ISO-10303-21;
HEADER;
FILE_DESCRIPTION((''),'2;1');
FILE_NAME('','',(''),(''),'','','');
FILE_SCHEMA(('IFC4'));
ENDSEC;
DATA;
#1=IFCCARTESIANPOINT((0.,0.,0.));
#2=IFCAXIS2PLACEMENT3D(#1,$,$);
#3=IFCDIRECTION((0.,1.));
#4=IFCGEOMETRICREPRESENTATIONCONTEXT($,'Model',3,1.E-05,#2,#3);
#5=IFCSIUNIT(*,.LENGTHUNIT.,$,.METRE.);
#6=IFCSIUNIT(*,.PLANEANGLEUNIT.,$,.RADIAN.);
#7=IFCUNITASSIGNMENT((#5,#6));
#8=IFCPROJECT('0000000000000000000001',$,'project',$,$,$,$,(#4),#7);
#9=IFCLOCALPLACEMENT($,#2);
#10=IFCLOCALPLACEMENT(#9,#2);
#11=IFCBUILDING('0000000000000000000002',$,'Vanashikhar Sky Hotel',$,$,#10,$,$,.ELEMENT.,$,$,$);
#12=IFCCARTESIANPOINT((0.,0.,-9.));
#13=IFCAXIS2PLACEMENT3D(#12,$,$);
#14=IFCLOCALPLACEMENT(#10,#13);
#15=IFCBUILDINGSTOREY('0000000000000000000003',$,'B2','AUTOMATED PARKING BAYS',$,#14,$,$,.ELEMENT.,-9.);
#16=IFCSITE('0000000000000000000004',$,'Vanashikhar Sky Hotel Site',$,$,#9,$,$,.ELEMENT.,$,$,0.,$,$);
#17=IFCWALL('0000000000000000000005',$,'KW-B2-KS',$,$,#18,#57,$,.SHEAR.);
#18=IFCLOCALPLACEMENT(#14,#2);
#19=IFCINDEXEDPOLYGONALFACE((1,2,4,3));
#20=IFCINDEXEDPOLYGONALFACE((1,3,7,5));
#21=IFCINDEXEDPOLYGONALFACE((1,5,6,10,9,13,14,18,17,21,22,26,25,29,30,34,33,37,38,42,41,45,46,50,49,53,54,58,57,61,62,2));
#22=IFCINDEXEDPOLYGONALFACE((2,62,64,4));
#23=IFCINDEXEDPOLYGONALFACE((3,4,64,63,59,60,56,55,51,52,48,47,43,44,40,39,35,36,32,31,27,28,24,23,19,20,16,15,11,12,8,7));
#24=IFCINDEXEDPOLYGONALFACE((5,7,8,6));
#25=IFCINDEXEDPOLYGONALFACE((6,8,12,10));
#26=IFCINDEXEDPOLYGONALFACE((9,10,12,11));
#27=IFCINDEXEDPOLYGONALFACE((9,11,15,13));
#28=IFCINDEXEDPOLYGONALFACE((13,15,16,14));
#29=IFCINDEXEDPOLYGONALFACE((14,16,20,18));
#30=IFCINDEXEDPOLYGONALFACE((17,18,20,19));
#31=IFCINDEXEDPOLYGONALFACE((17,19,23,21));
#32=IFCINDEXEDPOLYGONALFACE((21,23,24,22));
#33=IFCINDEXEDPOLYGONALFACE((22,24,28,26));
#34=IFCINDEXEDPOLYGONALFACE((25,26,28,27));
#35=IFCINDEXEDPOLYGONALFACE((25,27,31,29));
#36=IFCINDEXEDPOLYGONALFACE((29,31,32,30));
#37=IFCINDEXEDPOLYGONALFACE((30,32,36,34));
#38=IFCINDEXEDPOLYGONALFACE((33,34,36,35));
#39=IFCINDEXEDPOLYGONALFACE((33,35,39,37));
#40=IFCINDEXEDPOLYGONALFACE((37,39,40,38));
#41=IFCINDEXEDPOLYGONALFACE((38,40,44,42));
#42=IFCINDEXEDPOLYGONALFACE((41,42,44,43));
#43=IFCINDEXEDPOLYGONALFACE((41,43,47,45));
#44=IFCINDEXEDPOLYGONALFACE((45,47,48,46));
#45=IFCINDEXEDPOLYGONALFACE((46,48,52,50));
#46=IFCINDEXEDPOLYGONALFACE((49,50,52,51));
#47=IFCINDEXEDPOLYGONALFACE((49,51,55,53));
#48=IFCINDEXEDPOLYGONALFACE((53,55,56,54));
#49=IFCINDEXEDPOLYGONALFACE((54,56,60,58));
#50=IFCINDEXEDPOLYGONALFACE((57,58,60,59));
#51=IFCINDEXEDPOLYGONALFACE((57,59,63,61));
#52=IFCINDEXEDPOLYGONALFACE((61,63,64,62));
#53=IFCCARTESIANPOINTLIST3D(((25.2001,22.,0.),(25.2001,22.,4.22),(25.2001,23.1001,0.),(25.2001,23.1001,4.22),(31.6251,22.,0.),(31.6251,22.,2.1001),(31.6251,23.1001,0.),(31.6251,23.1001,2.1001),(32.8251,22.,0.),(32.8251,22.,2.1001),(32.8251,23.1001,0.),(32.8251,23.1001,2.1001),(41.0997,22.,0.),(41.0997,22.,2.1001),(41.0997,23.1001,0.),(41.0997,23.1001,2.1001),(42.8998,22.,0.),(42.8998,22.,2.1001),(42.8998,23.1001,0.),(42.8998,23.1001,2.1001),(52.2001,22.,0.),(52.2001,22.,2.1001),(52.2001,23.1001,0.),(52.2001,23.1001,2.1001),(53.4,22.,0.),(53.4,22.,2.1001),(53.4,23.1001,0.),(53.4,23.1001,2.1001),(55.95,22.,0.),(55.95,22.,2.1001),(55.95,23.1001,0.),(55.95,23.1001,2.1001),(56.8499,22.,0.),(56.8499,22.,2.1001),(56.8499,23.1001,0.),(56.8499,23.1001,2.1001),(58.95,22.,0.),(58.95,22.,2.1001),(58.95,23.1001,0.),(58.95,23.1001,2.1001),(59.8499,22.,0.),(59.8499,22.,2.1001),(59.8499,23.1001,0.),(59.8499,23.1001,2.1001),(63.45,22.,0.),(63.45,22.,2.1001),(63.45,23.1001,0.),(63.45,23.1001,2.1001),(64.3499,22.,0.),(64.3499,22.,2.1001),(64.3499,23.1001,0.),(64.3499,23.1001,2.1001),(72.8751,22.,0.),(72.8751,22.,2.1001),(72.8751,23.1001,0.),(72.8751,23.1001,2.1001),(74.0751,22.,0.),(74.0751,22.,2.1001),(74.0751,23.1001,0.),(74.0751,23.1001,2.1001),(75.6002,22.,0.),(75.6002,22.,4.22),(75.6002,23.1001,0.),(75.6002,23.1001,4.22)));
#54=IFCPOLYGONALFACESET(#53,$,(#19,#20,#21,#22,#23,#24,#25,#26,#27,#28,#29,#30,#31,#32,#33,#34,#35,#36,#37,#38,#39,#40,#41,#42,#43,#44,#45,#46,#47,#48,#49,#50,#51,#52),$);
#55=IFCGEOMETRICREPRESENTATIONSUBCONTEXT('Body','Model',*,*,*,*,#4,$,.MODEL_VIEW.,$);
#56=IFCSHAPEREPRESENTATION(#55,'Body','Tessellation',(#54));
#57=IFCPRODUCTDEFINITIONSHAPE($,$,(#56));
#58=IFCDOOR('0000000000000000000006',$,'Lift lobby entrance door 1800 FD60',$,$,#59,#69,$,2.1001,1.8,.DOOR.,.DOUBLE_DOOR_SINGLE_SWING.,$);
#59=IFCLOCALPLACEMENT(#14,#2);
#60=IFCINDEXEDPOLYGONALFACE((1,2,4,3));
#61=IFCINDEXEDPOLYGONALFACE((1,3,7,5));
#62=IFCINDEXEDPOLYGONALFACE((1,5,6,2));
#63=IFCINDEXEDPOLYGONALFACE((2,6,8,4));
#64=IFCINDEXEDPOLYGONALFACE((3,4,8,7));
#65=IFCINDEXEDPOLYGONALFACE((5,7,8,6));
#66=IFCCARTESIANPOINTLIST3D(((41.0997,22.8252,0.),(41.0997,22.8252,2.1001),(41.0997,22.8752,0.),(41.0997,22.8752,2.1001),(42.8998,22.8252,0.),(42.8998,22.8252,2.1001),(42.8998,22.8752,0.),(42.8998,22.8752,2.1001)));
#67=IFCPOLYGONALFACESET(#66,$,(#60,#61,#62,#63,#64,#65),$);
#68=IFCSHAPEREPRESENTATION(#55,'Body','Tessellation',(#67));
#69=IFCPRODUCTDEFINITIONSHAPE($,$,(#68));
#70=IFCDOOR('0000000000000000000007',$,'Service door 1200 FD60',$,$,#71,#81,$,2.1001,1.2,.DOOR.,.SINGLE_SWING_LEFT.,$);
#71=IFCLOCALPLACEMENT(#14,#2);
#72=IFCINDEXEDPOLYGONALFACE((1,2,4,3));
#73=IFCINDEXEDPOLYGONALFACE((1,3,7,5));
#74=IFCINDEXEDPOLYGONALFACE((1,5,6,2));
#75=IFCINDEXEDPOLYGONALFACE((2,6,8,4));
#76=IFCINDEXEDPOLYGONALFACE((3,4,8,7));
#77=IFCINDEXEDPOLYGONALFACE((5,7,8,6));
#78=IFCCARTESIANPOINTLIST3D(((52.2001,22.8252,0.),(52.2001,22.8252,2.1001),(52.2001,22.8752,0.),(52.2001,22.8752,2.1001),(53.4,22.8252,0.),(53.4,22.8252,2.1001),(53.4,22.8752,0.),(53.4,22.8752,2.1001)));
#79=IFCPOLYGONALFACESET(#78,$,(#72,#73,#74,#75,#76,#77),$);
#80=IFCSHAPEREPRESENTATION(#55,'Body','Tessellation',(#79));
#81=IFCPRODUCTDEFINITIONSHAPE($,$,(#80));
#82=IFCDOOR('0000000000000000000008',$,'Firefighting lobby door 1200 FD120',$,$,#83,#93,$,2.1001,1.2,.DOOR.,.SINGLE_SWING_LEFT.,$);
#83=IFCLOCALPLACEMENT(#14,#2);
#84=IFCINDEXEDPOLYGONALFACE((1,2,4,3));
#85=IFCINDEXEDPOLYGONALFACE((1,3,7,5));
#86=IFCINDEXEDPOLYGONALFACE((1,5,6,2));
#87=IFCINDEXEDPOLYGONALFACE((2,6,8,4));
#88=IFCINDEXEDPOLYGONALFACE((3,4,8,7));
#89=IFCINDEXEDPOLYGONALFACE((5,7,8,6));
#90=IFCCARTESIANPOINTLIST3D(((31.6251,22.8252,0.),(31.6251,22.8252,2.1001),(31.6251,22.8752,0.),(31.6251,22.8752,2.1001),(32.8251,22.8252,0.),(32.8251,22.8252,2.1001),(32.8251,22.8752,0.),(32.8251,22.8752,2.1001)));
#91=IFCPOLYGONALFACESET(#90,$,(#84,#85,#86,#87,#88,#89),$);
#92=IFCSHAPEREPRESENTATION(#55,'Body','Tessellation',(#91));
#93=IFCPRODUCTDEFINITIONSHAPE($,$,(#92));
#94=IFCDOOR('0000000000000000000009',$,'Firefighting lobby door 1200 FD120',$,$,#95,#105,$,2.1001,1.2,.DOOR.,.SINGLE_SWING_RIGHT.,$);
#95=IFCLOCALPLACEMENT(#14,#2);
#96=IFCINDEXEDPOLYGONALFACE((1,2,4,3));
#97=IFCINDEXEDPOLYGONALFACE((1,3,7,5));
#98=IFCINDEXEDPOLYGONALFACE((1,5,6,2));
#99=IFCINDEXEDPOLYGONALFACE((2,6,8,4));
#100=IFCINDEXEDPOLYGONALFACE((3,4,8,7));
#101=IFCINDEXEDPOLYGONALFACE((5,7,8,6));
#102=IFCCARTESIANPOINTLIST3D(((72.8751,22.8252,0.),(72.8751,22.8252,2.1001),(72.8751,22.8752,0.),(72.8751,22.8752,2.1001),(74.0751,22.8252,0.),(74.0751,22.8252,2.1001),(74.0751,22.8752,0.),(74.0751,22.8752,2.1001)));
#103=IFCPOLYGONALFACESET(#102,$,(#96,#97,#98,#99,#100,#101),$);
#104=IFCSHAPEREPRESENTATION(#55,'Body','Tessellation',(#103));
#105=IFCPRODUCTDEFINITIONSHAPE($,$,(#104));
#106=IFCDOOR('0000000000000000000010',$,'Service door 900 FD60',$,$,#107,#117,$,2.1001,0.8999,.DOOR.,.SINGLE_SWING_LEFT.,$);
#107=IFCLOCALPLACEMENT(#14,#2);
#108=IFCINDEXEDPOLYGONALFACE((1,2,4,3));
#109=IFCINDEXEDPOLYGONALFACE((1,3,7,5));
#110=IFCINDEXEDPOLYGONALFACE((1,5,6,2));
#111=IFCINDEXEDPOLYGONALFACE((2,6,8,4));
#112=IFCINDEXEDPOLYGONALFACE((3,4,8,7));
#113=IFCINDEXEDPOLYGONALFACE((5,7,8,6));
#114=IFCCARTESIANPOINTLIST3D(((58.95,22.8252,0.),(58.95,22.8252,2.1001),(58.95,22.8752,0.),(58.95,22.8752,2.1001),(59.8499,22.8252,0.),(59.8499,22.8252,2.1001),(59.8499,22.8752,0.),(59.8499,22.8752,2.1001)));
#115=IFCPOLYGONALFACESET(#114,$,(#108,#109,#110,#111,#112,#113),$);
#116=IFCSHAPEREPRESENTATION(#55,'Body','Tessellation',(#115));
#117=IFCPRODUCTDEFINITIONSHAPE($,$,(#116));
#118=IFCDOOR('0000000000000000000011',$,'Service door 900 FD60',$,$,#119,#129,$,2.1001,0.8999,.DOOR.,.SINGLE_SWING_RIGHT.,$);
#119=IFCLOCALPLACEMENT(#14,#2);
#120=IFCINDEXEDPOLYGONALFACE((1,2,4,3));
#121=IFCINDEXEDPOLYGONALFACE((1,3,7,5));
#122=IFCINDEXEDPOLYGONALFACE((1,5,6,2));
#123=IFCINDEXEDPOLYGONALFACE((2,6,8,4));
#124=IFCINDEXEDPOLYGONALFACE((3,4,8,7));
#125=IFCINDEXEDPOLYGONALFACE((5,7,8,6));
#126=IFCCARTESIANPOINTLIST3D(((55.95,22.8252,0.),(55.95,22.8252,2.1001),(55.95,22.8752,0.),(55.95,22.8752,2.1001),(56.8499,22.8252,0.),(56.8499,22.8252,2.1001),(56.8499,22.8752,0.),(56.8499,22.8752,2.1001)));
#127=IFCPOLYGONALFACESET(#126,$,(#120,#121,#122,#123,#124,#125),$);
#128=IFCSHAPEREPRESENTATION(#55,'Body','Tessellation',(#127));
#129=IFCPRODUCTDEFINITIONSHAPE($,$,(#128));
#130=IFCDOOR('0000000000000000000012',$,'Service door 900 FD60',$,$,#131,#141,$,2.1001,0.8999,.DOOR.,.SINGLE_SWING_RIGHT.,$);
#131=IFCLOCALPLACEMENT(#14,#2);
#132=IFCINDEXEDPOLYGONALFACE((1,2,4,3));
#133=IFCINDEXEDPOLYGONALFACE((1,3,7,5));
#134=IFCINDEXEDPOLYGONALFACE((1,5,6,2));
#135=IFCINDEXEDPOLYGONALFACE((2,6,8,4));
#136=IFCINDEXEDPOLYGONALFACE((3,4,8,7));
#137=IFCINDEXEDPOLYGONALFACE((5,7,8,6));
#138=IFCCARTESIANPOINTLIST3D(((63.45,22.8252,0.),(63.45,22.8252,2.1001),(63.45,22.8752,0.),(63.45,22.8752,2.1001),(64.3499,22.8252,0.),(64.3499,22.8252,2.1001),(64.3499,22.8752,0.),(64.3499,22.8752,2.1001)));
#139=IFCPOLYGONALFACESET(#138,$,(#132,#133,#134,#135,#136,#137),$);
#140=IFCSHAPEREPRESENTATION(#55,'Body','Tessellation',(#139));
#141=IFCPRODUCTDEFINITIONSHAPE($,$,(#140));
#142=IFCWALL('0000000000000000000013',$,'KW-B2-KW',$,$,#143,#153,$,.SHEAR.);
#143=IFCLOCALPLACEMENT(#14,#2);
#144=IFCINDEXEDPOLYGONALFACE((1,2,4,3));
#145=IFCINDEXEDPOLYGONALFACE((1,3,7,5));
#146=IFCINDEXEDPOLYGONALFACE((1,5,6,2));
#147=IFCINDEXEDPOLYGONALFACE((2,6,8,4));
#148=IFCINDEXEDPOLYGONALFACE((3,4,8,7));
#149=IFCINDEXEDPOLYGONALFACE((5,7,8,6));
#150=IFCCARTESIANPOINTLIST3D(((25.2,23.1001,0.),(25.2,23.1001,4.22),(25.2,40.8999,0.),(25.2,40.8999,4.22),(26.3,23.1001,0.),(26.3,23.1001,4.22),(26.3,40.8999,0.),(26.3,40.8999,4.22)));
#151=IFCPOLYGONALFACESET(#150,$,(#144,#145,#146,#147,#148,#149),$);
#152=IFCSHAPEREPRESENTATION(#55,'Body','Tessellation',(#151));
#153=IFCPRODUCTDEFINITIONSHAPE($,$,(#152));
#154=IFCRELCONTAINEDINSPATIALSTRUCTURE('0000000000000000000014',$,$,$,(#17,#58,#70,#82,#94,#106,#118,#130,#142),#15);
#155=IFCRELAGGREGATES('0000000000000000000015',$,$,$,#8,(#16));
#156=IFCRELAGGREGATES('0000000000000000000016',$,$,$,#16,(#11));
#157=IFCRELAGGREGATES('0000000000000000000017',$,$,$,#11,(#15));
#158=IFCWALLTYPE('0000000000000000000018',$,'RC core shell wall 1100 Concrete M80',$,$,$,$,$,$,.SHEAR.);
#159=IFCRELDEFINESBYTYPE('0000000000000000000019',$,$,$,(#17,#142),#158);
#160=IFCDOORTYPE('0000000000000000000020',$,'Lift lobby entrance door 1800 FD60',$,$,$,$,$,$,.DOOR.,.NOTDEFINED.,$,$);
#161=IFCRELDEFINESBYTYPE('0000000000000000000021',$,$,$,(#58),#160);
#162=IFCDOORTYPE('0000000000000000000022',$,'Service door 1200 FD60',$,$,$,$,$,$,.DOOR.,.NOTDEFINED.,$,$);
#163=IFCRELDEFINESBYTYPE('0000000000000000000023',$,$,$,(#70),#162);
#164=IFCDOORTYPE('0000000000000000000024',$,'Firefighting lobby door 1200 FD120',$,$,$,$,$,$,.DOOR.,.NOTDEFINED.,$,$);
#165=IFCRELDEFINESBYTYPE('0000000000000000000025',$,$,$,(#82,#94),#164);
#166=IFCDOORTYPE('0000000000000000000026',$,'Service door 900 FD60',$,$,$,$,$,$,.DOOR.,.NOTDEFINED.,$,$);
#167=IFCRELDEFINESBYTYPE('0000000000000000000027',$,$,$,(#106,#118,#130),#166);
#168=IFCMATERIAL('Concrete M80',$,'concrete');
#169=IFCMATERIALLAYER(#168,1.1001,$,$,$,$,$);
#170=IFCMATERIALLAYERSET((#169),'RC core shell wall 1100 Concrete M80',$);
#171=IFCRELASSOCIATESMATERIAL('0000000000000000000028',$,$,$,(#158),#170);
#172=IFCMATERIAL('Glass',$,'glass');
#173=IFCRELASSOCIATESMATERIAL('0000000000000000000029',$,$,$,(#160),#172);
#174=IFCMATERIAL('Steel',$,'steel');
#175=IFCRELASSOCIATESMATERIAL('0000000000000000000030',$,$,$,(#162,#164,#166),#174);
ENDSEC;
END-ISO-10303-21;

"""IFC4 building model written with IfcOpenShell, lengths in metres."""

from ifc_helpers import new_model, si_unit, direction, frame, frame_2d, origin, place, context, subcontext, project, spatial, rectangle, extrude, source, transform, mapped, material, layer, layer_set, type_object, element, fill, save


model = new_model("IFC4")

# Units and contexts
model_context = context("Model", 3, precision=1e-05, world=origin(), true_north=direction((0.0, 1.0)))
body_context = subcontext(model_context, "Body", "Model", "MODEL_VIEW")
ifc_project = project(units=[si_unit("LENGTHUNIT", "METRE"), si_unit("PLANEANGLEUNIT", "RADIAN")], contexts=[model_context])

# Site, building, storey
site_placement = place(None, origin())
site = spatial("IfcSite", under=ifc_project, at=site_placement, Name="Vanashikhar Sky Hotel Site", CompositionType="ELEMENT", RefElevation=0.0)
building_placement = place(site_placement, origin())
building = spatial("IfcBuilding", under=site, at=building_placement, Name="Vanashikhar Sky Hotel", CompositionType="ELEMENT")
storey_placement = place(building_placement, frame((0.0, 0.0, -9.0)))
storey = spatial("IfcBuildingStorey", under=building, at=storey_placement, Name="B2", Description="AUTOMATED PARKING BAYS", CompositionType="ELEMENT", Elevation=-9.0)

# Wall, openings, doors
ifc_material_1 = material(Name="Concrete M80", Category="concrete")
ifc_layer_1 = layer(ifc_material_1, 1.1001)
ifc_layer_set_1 = layer_set([ifc_layer_1], Name="RC core shell wall 1100 Concrete M80")
wall_type_1 = type_object("IfcWallType", Name="RC core shell wall 1100 Concrete M80", PredefinedType="SHEAR", material=ifc_layer_set_1)
shared_shape_1 = source(origin(), body_context, "Body", "SweptSolid", [
    extrude(rectangle(XDim=50.4001, YDim=1.1001, at=frame_2d((25.2002, 0.0))), origin(), (0.0, 0.0, 1.0), 4.22),
])
wall_1_placement = place(storey_placement, frame((25.2, 22.55, 0.0), z_axis=(0.0, 0.0, 1.0), x_axis=(1.0, 0.0, 0.0)))
wall_1 = element("IfcWall", 1, at=wall_1_placement, inside=storey, type_object=wall_type_1, Name="KW-B2-KS", PredefinedType="SHEAR", context=body_context, shape_type="MappedRepresentation", body=[
    mapped(shared_shape_1, transform((0.0, 0.0, 0.0), scale=1.0)),
])
shared_shape_2 = source(origin(), body_context, "Body", "SweptSolid", [
    extrude(rectangle(XDim=1.8, YDim=2.1001, at=frame_2d((0.8999, 1.05))), frame((0.0, 0.5601, 0.0), z_axis=(0.0, -1.0, 0.0), x_axis=(1.0, 0.0, 0.0)), (0.0, 0.0, 1.0), 1.1201),
])
opening_1_placement = place(wall_1_placement, frame((15.8999, 0.0, 0.0)))
opening_1 = element("IfcOpeningElement", 2, at=opening_1_placement, cuts=wall_1, PredefinedType="OPENING", context=body_context, shape_type="MappedRepresentation", body=[
    mapped(shared_shape_2, transform((0.0, 0.0, 0.0), scale=1.0)),
])
shared_shape_3 = source(origin(), body_context, "Body", "SweptSolid", [
    extrude(rectangle(XDim=1.2, YDim=2.1001, at=frame_2d((0.6001, 1.05))), frame((0.0, 0.5601, 0.0), z_axis=(0.0, -1.0, 0.0), x_axis=(1.0, 0.0, 0.0)), (0.0, 0.0, 1.0), 1.1201),
])
opening_2_placement = place(wall_1_placement, frame((27.0, 0.0, 0.0)))
opening_2 = element("IfcOpeningElement", 3, at=opening_2_placement, cuts=wall_1, PredefinedType="OPENING", context=body_context, shape_type="MappedRepresentation", body=[
    mapped(shared_shape_3, transform((0.0, 0.0, 0.0), scale=1.0)),
])
shared_shape_4 = source(origin(), body_context, "Body", "SweptSolid", [
    extrude(rectangle(XDim=0.8999, YDim=2.1001, at=frame_2d((0.45, 1.05))), frame((0.0, 0.5601, 0.0), z_axis=(0.0, -1.0, 0.0), x_axis=(1.0, 0.0, 0.0)), (0.0, 0.0, 1.0), 1.1201),
])
opening_3_placement = place(wall_1_placement, frame((33.75, 0.0, 0.0)))
opening_3 = element("IfcOpeningElement", 4, at=opening_3_placement, cuts=wall_1, PredefinedType="OPENING", context=body_context, shape_type="MappedRepresentation", body=[
    mapped(shared_shape_4, transform((0.0, 0.0, 0.0), scale=1.0)),
])
opening_4_placement = place(wall_1_placement, frame((30.75, 0.0, 0.0)))
opening_4 = element("IfcOpeningElement", 5, at=opening_4_placement, cuts=wall_1, PredefinedType="OPENING", context=body_context, shape_type="MappedRepresentation", body=[
    mapped(shared_shape_4, transform((0.0, 0.0, 0.0), scale=1.0)),
])
opening_5_placement = place(wall_1_placement, frame((38.25, 0.0, 0.0)))
opening_5 = element("IfcOpeningElement", 6, at=opening_5_placement, cuts=wall_1, PredefinedType="OPENING", context=body_context, shape_type="MappedRepresentation", body=[
    mapped(shared_shape_4, transform((0.0, 0.0, 0.0), scale=1.0)),
])
opening_6_placement = place(wall_1_placement, frame((6.425, 0.0, 0.0)))
opening_6 = element("IfcOpeningElement", 7, at=opening_6_placement, cuts=wall_1, PredefinedType="OPENING", context=body_context, shape_type="MappedRepresentation", body=[
    mapped(shared_shape_3, transform((0.0, 0.0, 0.0), scale=1.0)),
])
opening_7_placement = place(wall_1_placement, frame((47.675, 0.0, 0.0)))
opening_7 = element("IfcOpeningElement", 8, at=opening_7_placement, cuts=wall_1, PredefinedType="OPENING", context=body_context, shape_type="MappedRepresentation", body=[
    mapped(shared_shape_3, transform((0.0, 0.0, 0.0), scale=1.0)),
])
ifc_material_2 = material(Name="Glass", Category="glass")
door_type_1 = type_object("IfcDoorType", Name="Lift lobby entrance door 1800 FD60", OperationType="NOTDEFINED", PredefinedType="DOOR", material=ifc_material_2)
shared_shape_5 = source(origin(), body_context, "Body", "SweptSolid", [
    extrude(rectangle(XDim=1.8, YDim=2.1001, at=frame_2d((0.8999, 1.05))), frame((0.0, 0.3252, 0.0), z_axis=(0.0, -1.0, 0.0), x_axis=(1.0, 0.0, 0.0)), (0.0, 0.0, 1.0), 0.05),
])
door_1_placement = place(opening_1_placement, origin())
door_1 = element("IfcDoor", 9, at=door_1_placement, inside=storey, type_object=door_type_1, Name="Lift lobby entrance door 1800 FD60", OperationType="DOUBLE_DOOR_SINGLE_SWING", OverallHeight=2.1001, OverallWidth=1.8, PredefinedType="DOOR", context=body_context, shape_type="MappedRepresentation", body=[
    mapped(shared_shape_5, transform((0.0, 0.0, 0.0), scale=1.0)),
])
fill(opening_1, door_1)
ifc_material_3 = material(Name="Steel", Category="steel")
door_type_2 = type_object("IfcDoorType", Name="Service door 1200 FD60", OperationType="NOTDEFINED", PredefinedType="DOOR", material=ifc_material_3)
shared_shape_6 = source(origin(), body_context, "Body", "SweptSolid", [
    extrude(rectangle(XDim=1.2, YDim=2.1001, at=frame_2d((0.6001, 1.05))), frame((0.0, 0.3252, 0.0), z_axis=(0.0, -1.0, 0.0), x_axis=(1.0, 0.0, 0.0)), (0.0, 0.0, 1.0), 0.05),
])
door_2_placement = place(opening_2_placement, origin())
door_2 = element("IfcDoor", 10, at=door_2_placement, inside=storey, type_object=door_type_2, Name="Service door 1200 FD60", OperationType="SINGLE_SWING_LEFT", OverallHeight=2.1001, OverallWidth=1.2, PredefinedType="DOOR", context=body_context, shape_type="MappedRepresentation", body=[
    mapped(shared_shape_6, transform((0.0, 0.0, 0.0), scale=1.0)),
])
fill(opening_2, door_2)
door_type_3 = type_object("IfcDoorType", Name="Firefighting lobby door 1200 FD120", OperationType="NOTDEFINED", PredefinedType="DOOR", material=ifc_material_3)
door_3_placement = place(opening_6_placement, origin())
door_3 = element("IfcDoor", 11, at=door_3_placement, inside=storey, type_object=door_type_3, Name="Firefighting lobby door 1200 FD120", OperationType="SINGLE_SWING_LEFT", OverallHeight=2.1001, OverallWidth=1.2, PredefinedType="DOOR", context=body_context, shape_type="MappedRepresentation", body=[
    mapped(shared_shape_6, transform((0.0, 0.0, 0.0), scale=1.0)),
])
fill(opening_6, door_3)
door_4_placement = place(opening_7_placement, origin())
door_4 = element("IfcDoor", 12, at=door_4_placement, inside=storey, type_object=door_type_3, Name="Firefighting lobby door 1200 FD120", OperationType="SINGLE_SWING_RIGHT", OverallHeight=2.1001, OverallWidth=1.2, PredefinedType="DOOR", context=body_context, shape_type="MappedRepresentation", body=[
    mapped(shared_shape_6, transform((0.0, 0.0, 0.0), scale=1.0)),
])
fill(opening_7, door_4)
door_type_4 = type_object("IfcDoorType", Name="Service door 900 FD60", OperationType="NOTDEFINED", PredefinedType="DOOR", material=ifc_material_3)
shared_shape_7 = source(origin(), body_context, "Body", "SweptSolid", [
    extrude(rectangle(XDim=0.8999, YDim=2.1001, at=frame_2d((0.45, 1.05))), frame((0.0, 0.3252, 0.0), z_axis=(0.0, -1.0, 0.0), x_axis=(1.0, 0.0, 0.0)), (0.0, 0.0, 1.0), 0.05),
])
door_5_placement = place(opening_3_placement, origin())
door_5 = element("IfcDoor", 13, at=door_5_placement, inside=storey, type_object=door_type_4, Name="Service door 900 FD60", OperationType="SINGLE_SWING_LEFT", OverallHeight=2.1001, OverallWidth=0.8999, PredefinedType="DOOR", context=body_context, shape_type="MappedRepresentation", body=[
    mapped(shared_shape_7, transform((0.0, 0.0, 0.0), scale=1.0)),
])
fill(opening_3, door_5)
door_6_placement = place(opening_4_placement, origin())
door_6 = element("IfcDoor", 14, at=door_6_placement, inside=storey, type_object=door_type_4, Name="Service door 900 FD60", OperationType="SINGLE_SWING_RIGHT", OverallHeight=2.1001, OverallWidth=0.8999, PredefinedType="DOOR", context=body_context, shape_type="MappedRepresentation", body=[
    mapped(shared_shape_7, transform((0.0, 0.0, 0.0), scale=1.0)),
])
fill(opening_4, door_6)
door_7_placement = place(opening_5_placement, origin())
door_7 = element("IfcDoor", 15, at=door_7_placement, inside=storey, type_object=door_type_4, Name="Service door 900 FD60", OperationType="SINGLE_SWING_RIGHT", OverallHeight=2.1001, OverallWidth=0.8999, PredefinedType="DOOR", context=body_context, shape_type="MappedRepresentation", body=[
    mapped(shared_shape_7, transform((0.0, 0.0, 0.0), scale=1.0)),
])
fill(opening_5, door_7)

# Wall
shared_shape_8 = source(origin(), body_context, "Body", "SweptSolid", [
    extrude(rectangle(XDim=17.7998, YDim=1.1001, at=frame_2d((8.8999, 0.0))), origin(), (0.0, 0.0, 1.0), 4.22),
])
wall_2_placement = place(storey_placement, frame((25.75, 23.1001, 0.0), z_axis=(0.0, 0.0, 1.0), x_axis=(0.0, 1.0, 0.0)))
element("IfcWall", 16, at=wall_2_placement, inside=storey, type_object=wall_type_1, Name="KW-B2-KW", PredefinedType="SHEAR", context=body_context, shape_type="MappedRepresentation", body=[
    mapped(shared_shape_8, transform((0.0, 0.0, 0.0), scale=1.0)),
])

save(model, "model.ifc")
